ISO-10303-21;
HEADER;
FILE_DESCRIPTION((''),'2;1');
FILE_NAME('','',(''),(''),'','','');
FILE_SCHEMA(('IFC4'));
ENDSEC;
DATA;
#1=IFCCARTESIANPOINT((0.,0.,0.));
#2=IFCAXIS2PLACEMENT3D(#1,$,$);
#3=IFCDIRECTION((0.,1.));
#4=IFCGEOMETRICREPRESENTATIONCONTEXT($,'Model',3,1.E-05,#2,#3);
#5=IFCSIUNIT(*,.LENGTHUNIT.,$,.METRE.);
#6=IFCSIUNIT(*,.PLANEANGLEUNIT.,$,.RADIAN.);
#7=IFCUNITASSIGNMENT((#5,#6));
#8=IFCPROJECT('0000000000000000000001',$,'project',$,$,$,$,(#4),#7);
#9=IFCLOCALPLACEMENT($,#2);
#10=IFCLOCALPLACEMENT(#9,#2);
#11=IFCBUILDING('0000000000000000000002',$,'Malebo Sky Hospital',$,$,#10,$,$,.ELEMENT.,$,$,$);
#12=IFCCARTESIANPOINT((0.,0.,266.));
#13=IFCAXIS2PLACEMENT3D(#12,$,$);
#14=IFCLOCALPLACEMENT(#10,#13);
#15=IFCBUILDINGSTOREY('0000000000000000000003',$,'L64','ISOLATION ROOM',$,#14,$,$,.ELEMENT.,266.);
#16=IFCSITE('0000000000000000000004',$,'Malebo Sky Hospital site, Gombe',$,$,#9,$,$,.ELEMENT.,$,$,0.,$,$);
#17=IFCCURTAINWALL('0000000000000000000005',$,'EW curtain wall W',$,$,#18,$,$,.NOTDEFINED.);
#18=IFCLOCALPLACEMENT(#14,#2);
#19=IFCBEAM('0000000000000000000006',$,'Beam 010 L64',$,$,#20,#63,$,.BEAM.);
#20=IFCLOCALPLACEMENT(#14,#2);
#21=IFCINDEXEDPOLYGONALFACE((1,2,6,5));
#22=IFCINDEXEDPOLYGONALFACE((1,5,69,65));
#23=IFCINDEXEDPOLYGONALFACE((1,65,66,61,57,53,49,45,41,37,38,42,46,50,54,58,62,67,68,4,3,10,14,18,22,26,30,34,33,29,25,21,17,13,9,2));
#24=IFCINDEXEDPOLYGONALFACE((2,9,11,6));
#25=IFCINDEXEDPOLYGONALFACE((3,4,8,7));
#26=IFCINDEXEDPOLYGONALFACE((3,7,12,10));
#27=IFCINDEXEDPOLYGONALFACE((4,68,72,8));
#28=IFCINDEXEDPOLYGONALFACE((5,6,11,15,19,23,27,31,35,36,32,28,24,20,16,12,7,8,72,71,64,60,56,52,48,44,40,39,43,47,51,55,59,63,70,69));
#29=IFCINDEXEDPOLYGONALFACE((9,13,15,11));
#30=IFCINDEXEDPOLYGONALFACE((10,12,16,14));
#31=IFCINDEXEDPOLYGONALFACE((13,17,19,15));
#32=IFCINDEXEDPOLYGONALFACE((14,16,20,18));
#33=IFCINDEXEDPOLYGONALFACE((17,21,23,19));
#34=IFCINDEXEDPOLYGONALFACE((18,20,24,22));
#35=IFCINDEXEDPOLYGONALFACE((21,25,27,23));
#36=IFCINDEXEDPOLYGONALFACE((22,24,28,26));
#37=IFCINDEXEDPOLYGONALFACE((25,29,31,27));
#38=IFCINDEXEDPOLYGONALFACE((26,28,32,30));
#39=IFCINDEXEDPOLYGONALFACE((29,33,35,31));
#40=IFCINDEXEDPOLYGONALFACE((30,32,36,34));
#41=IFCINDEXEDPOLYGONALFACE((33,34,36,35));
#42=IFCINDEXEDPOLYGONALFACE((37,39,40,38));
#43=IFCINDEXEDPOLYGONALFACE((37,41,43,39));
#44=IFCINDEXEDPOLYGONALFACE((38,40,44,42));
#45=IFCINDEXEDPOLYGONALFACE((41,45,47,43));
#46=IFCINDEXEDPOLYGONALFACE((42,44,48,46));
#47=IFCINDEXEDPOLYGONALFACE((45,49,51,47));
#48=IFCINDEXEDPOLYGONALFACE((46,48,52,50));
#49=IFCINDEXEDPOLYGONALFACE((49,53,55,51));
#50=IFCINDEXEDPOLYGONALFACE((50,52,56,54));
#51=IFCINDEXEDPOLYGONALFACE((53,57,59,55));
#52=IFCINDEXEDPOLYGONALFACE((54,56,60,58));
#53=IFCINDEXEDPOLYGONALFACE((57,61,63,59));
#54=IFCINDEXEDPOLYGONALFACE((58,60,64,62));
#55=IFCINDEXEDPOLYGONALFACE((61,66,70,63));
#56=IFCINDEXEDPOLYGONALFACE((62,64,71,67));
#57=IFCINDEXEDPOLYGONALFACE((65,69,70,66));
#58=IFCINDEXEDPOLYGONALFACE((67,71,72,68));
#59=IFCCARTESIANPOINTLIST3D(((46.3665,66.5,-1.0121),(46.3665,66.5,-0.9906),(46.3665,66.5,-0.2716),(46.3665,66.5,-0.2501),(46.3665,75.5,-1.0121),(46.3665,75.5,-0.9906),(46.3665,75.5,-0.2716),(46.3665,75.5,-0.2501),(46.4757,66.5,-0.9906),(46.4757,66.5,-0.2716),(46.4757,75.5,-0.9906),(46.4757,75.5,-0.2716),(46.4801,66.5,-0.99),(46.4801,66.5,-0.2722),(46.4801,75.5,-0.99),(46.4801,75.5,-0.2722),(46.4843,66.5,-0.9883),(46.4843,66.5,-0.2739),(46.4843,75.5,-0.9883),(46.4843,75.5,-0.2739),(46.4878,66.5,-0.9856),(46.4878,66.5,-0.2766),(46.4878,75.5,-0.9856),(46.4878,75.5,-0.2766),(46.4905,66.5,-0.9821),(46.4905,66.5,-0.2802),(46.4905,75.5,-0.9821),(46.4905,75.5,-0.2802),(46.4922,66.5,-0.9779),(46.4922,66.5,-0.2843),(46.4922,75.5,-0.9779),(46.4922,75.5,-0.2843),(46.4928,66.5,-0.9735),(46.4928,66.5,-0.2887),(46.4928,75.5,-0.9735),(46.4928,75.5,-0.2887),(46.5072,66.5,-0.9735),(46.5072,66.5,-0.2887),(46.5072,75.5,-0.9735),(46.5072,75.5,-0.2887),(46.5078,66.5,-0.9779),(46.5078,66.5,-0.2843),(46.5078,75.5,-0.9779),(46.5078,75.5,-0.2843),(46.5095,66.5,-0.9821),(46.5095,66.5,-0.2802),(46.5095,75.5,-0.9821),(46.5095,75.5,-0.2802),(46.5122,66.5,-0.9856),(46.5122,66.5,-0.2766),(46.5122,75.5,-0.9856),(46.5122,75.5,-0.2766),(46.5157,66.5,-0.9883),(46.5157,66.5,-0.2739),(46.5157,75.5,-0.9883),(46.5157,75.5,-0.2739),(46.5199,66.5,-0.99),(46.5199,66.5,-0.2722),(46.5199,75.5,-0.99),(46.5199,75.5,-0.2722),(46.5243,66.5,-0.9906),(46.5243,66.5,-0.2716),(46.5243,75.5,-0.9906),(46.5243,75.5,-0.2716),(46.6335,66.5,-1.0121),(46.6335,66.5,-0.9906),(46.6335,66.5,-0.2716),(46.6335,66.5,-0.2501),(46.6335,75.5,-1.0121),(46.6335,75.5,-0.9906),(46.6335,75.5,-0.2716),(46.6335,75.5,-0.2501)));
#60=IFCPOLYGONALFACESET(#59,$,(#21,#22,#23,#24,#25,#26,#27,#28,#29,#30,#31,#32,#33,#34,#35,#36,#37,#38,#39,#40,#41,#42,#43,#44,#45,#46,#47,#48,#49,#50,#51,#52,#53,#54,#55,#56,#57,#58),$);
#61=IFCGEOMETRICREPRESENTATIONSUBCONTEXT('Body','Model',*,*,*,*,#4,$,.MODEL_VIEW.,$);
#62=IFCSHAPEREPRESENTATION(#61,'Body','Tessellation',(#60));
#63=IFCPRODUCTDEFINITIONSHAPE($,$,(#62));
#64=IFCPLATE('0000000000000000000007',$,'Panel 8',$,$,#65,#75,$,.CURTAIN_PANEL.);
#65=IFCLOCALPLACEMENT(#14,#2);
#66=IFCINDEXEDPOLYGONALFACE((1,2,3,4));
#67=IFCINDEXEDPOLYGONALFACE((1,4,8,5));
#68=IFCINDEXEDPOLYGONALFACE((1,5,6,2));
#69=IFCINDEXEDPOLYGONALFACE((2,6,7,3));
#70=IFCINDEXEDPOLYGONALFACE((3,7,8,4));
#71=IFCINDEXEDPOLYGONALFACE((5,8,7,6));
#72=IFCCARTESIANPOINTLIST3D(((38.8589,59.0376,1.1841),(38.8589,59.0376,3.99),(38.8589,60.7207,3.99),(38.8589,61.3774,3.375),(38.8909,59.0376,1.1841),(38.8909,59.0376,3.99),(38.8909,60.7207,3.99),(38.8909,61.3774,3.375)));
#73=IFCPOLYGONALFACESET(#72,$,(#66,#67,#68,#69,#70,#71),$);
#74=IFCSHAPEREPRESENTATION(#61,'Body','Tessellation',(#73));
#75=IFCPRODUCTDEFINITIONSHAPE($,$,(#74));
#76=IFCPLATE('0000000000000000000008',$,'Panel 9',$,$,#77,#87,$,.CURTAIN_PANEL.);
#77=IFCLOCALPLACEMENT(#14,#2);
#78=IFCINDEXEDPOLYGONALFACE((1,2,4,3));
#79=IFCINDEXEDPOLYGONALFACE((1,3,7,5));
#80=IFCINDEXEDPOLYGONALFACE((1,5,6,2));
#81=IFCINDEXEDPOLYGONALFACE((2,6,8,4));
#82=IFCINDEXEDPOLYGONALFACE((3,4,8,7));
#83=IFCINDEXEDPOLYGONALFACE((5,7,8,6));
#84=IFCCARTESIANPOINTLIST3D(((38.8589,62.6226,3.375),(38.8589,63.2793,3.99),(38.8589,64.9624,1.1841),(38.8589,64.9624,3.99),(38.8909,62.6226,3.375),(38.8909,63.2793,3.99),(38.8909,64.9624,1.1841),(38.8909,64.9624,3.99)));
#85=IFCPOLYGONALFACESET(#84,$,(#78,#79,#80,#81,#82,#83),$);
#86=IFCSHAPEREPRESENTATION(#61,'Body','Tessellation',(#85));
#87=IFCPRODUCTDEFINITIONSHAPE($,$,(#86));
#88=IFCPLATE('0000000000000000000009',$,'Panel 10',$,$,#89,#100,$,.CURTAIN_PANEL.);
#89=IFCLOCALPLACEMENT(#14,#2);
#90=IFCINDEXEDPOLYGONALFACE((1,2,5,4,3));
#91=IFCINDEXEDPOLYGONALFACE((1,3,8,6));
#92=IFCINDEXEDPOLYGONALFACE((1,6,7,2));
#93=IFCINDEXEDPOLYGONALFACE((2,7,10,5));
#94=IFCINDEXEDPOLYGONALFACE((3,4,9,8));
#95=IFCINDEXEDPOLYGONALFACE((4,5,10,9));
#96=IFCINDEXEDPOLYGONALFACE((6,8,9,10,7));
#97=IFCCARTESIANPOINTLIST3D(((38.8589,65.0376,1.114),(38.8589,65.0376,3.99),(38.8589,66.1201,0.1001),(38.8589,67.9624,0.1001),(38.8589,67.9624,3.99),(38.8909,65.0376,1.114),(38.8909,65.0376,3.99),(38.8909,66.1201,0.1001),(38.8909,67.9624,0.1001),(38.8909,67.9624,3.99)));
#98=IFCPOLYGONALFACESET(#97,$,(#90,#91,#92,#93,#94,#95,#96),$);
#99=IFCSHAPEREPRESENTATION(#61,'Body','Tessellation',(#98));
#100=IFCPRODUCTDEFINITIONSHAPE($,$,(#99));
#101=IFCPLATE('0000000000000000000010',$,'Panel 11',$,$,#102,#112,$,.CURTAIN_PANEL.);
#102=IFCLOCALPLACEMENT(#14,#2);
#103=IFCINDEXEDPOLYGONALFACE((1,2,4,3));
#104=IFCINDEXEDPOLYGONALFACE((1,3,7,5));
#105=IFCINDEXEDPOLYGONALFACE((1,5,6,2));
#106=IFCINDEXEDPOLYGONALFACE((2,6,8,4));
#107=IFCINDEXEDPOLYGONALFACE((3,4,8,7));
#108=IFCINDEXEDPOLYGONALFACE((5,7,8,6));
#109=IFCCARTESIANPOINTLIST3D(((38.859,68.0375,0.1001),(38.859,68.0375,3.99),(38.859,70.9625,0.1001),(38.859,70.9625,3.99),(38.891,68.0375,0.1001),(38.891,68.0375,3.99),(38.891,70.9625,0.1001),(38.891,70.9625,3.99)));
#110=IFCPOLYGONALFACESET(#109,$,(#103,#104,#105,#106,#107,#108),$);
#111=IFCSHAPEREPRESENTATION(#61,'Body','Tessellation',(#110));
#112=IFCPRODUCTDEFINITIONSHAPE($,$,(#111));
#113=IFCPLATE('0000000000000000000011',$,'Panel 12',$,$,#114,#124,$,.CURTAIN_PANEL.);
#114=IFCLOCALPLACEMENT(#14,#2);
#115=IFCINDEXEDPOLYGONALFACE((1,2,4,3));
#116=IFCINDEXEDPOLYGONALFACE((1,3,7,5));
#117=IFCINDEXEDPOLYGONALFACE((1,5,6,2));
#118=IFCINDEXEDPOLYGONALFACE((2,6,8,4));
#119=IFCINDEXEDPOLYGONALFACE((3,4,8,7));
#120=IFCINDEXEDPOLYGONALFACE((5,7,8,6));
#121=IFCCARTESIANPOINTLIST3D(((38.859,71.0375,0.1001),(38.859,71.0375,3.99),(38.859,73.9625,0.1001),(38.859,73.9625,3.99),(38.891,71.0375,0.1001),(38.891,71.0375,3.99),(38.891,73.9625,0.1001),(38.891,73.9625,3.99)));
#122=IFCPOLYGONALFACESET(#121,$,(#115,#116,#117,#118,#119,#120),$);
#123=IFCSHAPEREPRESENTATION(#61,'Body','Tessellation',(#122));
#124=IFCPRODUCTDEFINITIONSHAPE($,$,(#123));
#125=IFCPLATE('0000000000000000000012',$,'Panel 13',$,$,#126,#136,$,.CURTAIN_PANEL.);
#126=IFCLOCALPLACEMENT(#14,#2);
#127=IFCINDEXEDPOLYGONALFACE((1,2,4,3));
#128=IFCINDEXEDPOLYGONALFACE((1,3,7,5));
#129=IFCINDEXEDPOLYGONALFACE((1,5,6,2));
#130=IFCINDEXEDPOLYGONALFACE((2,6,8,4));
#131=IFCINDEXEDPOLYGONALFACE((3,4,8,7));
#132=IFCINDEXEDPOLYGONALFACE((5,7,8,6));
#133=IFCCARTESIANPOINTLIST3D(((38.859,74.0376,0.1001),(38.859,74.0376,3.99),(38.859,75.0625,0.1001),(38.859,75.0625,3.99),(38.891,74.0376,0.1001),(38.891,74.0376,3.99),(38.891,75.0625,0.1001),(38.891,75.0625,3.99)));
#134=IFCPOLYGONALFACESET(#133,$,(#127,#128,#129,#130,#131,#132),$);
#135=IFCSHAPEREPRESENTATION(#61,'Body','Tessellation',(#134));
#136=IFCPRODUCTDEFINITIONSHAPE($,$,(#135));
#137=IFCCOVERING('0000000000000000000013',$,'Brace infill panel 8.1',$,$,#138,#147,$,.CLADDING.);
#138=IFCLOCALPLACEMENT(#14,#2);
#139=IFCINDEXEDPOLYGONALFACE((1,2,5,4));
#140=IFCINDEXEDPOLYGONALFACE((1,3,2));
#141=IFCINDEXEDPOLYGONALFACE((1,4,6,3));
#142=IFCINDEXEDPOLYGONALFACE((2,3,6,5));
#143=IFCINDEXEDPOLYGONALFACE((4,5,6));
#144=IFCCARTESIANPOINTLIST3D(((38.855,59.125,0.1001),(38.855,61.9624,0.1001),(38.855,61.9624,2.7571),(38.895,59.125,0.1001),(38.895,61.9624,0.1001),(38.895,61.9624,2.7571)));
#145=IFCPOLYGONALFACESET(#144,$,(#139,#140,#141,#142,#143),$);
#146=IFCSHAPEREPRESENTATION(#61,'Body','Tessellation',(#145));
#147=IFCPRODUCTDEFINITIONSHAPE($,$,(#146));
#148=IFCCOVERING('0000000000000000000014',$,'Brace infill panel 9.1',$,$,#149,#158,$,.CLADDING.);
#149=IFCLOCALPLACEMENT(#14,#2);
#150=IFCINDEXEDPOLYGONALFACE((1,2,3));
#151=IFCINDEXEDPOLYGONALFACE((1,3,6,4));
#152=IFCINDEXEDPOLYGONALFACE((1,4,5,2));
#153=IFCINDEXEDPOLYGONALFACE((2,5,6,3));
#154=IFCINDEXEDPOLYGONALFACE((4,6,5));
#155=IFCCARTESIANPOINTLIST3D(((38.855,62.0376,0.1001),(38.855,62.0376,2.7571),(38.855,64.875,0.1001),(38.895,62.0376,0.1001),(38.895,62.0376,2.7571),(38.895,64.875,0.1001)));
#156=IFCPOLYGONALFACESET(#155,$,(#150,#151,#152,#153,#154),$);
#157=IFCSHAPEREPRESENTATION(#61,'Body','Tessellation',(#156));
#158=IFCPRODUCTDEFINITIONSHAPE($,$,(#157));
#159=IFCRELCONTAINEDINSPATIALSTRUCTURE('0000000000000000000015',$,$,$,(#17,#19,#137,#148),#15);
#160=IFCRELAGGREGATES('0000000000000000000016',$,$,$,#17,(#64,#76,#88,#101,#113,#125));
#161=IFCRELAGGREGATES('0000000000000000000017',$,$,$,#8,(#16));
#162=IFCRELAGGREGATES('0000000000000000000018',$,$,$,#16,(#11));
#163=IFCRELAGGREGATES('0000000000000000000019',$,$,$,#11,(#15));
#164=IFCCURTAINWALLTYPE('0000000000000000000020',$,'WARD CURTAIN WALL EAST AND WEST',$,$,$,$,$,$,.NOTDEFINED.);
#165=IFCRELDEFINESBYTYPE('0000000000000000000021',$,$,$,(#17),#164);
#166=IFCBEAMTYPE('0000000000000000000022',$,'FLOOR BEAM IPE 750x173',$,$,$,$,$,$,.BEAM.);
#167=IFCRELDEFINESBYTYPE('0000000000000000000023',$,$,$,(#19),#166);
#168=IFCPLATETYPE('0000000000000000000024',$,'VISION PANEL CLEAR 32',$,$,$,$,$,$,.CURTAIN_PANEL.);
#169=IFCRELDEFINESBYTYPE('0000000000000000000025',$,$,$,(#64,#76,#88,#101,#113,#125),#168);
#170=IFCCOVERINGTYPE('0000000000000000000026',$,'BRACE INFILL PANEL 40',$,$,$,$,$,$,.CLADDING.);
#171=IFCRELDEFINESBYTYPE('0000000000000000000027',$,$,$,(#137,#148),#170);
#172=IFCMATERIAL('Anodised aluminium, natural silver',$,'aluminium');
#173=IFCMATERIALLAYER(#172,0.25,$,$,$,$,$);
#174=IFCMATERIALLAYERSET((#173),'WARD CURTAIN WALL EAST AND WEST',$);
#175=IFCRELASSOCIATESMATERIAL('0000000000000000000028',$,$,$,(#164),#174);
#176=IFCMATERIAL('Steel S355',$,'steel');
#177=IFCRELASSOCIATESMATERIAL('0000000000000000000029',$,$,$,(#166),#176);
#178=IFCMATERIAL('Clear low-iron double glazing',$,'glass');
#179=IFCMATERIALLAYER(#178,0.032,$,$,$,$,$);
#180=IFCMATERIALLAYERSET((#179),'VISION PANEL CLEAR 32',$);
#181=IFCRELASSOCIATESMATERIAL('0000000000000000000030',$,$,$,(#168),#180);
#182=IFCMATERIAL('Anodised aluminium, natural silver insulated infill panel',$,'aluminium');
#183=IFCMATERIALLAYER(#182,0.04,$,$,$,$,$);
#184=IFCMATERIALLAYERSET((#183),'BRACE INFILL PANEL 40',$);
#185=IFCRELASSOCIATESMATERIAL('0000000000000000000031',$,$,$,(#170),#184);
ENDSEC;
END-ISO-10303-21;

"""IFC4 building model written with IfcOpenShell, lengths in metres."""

from ifc_helpers import new_model, si_unit, direction, frame, origin, origin_2d, place, context, subcontext, project, spatial, polyline, rectangle, i_section, outline, extrude, material, layer, layer_set, material_profile, profile_set, type_object, element, aggregate, save


model = new_model("IFC4")

# Units and contexts
model_context = context("Model", 3, precision=1e-05, world=origin(), true_north=direction((0.0, 1.0)))
body_context = subcontext(model_context, "Body", "Model", "MODEL_VIEW")
ifc_project = project(units=[si_unit("LENGTHUNIT", "METRE"), si_unit("PLANEANGLEUNIT", "RADIAN")], contexts=[model_context])

# Site, building, storey
site_placement = place(None, origin())
site = spatial("IfcSite", under=ifc_project, at=site_placement, Name="Malebo Sky Hospital site, Gombe", CompositionType="ELEMENT", RefElevation=0.0)
building_placement = place(site_placement, origin())
building = spatial("IfcBuilding", under=site, at=building_placement, Name="Malebo Sky Hospital", CompositionType="ELEMENT")
storey_placement = place(building_placement, frame((0.0, 0.0, 266.0)))
storey = spatial("IfcBuildingStorey", under=building, at=storey_placement, Name="L64", Description="ISOLATION ROOM", CompositionType="ELEMENT", Elevation=266.0)

# Curtain wall
ifc_material_1 = material(Name="Anodised aluminium, natural silver", Category="aluminium")
ifc_layer_1 = layer(ifc_material_1, 0.25)
ifc_layer_set_1 = layer_set([ifc_layer_1], Name="WARD CURTAIN WALL EAST AND WEST")
curtain_wall_type = type_object("IfcCurtainWallType", Name="WARD CURTAIN WALL EAST AND WEST", PredefinedType="NOTDEFINED", material=ifc_layer_set_1)
curtain_wall_placement = place(storey_placement, origin())
curtain_wall = element("IfcCurtainWall", 1, at=curtain_wall_placement, inside=storey, type_object=curtain_wall_type, Name="EW curtain wall W", PredefinedType="NOTDEFINED")

# Shared definitions
ifc_material_2 = material(Name="Steel S355", Category="steel")

# Beam
ifc_material_profile_1 = material_profile(ifc_material_2, i_section(OverallWidth=0.2671, OverallDepth=0.762, WebThickness=0.0144, FlangeThickness=0.0215, FilletRadius=0.0171, at=origin_2d()), Name="IPE 750x173")
ifc_profile_set_1 = profile_set([ifc_material_profile_1], Name="Steel S355")
beam_type_1 = type_object("IfcBeamType", Name="FLOOR BEAM IPE 750x173", PredefinedType="BEAM", material=ifc_profile_set_1)
beam_1_placement = place(storey_placement, frame((46.5, 66.5, -0.6311), z_axis=(0.0, 1.0, 0.0), x_axis=(-1.0, 0.0, 0.0)))
element("IfcBeam", 2, at=beam_1_placement, inside=storey, type_object=beam_type_1, Name="Beam 010 L64", PredefinedType="BEAM", context=body_context, shape_type="SweptSolid", body=[
    extrude(i_section(OverallWidth=0.2671, OverallDepth=0.762, WebThickness=0.0144, FlangeThickness=0.0215, FilletRadius=0.0171, at=origin_2d()), origin(), (0.0, 0.0, 1.0), 9.0),
])

# Plates
ifc_material_3 = material(Name="Clear low-iron double glazing", Category="glass")
ifc_layer_2 = layer(ifc_material_3, 0.032)
ifc_layer_set_2 = layer_set([ifc_layer_2], Name="VISION PANEL CLEAR 32")
plate_type = type_object("IfcPlateType", Name="VISION PANEL CLEAR 32", PredefinedType="CURTAIN_PANEL", material=ifc_layer_set_2)
plate_1_placement = place(storey_placement, frame((38.875, 60.2075, 1.1841), z_axis=(0.0, 0.0, 1.0), x_axis=(0.0, 1.0, 0.0)))
plate_1 = element("IfcPlate", 3, at=plate_1_placement, type_object=plate_type, Name="Panel 8", PredefinedType="CURTAIN_PANEL", context=body_context, shape_type="SweptSolid", body=[
    extrude(outline(polyline([(-1.1699, 0.0), (1.1699, 2.1909), (0.5132, 2.8059), (-1.1699, 2.8059), (-1.1699, 0.0)])), frame((0.0, 0.0161, 0.0), z_axis=(0.0, -1.0, 0.0), x_axis=(1.0, 0.0, 0.0)), (0.0, 0.0, 1.0), 0.032),
])
plate_2_placement = place(storey_placement, frame((38.875, 63.7925, 1.1841), z_axis=(0.0, 0.0, 1.0), x_axis=(0.0, 1.0, 0.0)))
plate_2 = element("IfcPlate", 4, at=plate_2_placement, type_object=plate_type, Name="Panel 9", PredefinedType="CURTAIN_PANEL", context=body_context, shape_type="SweptSolid", body=[
    extrude(outline(polyline([(1.1699, 0.0), (1.1699, 2.8059), (-0.5132, 2.8059), (-1.1699, 2.1909), (1.1699, 0.0)])), frame((0.0, 0.0161, 0.0), z_axis=(0.0, -1.0, 0.0), x_axis=(1.0, 0.0, 0.0)), (0.0, 0.0, 1.0), 0.032),
])
plate_3_placement = place(storey_placement, frame((38.875, 66.5, 0.1001), z_axis=(0.0, 0.0, 1.0), x_axis=(0.0, 1.0, 0.0)))
plate_3 = element("IfcPlate", 5, at=plate_3_placement, type_object=plate_type, Name="Panel 10", PredefinedType="CURTAIN_PANEL", context=body_context, shape_type="SweptSolid", body=[
    extrude(outline(polyline([(-0.3799, 0.0), (1.4624, 0.0), (1.4624, 3.8899), (-1.4624, 3.8899), (-1.4624, 1.0139), (-0.3799, 0.0)])), frame((0.0, 0.0161, 0.0), z_axis=(0.0, -1.0, 0.0), x_axis=(1.0, 0.0, 0.0)), (0.0, 0.0, 1.0), 0.032),
])
plate_4_placement = place(storey_placement, frame((38.875, 69.5, 0.1001), z_axis=(0.0, 0.0, 1.0), x_axis=(0.0, 1.0, 0.0)))
plate_4 = element("IfcPlate", 6, at=plate_4_placement, type_object=plate_type, Name="Panel 11", PredefinedType="CURTAIN_PANEL", context=body_context, shape_type="SweptSolid", body=[
    extrude(rectangle(XDim=2.925, YDim=0.032, at=origin_2d()), origin(), (0.0, 0.0, 1.0), 3.8899),
])
plate_5_placement = place(storey_placement, frame((38.875, 72.5, 0.1001), z_axis=(0.0, 0.0, 1.0), x_axis=(0.0, 1.0, 0.0)))
plate_5 = element("IfcPlate", 7, at=plate_5_placement, type_object=plate_type, Name="Panel 12", PredefinedType="CURTAIN_PANEL", context=body_context, shape_type="SweptSolid", body=[
    extrude(rectangle(XDim=2.925, YDim=0.032, at=origin_2d()), origin(), (0.0, 0.0, 1.0), 3.8899),
])
plate_6_placement = place(storey_placement, frame((38.875, 74.55, 0.1001), z_axis=(0.0, 0.0, 1.0), x_axis=(0.0, 1.0, 0.0)))
plate_6 = element("IfcPlate", 8, at=plate_6_placement, type_object=plate_type, Name="Panel 13", PredefinedType="CURTAIN_PANEL", context=body_context, shape_type="SweptSolid", body=[
    extrude(rectangle(XDim=1.0249, YDim=0.032, at=origin_2d()), origin(), (0.0, 0.0, 1.0), 3.8899),
])
aggregate(curtain_wall, [plate_1, plate_2, plate_3, plate_4, plate_5, plate_6])

# Coverings
ifc_material_4 = material(Name="Anodised aluminium, natural silver insulated infill panel", Category="aluminium")
ifc_layer_3 = layer(ifc_material_4, 0.04)
ifc_layer_set_3 = layer_set([ifc_layer_3], Name="BRACE INFILL PANEL 40")
covering_type = type_object("IfcCoveringType", Name="BRACE INFILL PANEL 40", PredefinedType="CLADDING", material=ifc_layer_set_3)
covering_1_placement = place(storey_placement, frame((38.875, 60.5437, 0.1001), z_axis=(0.0, 0.0, 1.0), x_axis=(0.0, 1.0, 0.0)))
element("IfcCovering", 9, at=covering_1_placement, inside=storey, type_object=covering_type, Name="Brace infill panel 8.1", PredefinedType="CLADDING", context=body_context, shape_type="SweptSolid", body=[
    extrude(outline(polyline([(-1.4187, 0.0), (1.4187, 0.0), (1.4187, 2.657), (-1.4187, 0.0)])), frame((0.0, 0.02, 0.0), z_axis=(0.0, -1.0, 0.0), x_axis=(1.0, 0.0, 0.0)), (0.0, 0.0, 1.0), 0.04),
])
covering_2_placement = place(storey_placement, frame((38.875, 63.4563, 0.1001), z_axis=(0.0, 0.0, 1.0), x_axis=(0.0, 1.0, 0.0)))
element("IfcCovering", 10, at=covering_2_placement, inside=storey, type_object=covering_type, Name="Brace infill panel 9.1", PredefinedType="CLADDING", context=body_context, shape_type="SweptSolid", body=[
    extrude(outline(polyline([(-1.4187, 0.0), (1.4187, 0.0), (-1.4187, 2.657), (-1.4187, 0.0)])), frame((0.0, 0.02, 0.0), z_axis=(0.0, -1.0, 0.0), x_axis=(1.0, 0.0, 0.0)), (0.0, 0.0, 1.0), 0.04),
])

save(model, "model.ifc")
